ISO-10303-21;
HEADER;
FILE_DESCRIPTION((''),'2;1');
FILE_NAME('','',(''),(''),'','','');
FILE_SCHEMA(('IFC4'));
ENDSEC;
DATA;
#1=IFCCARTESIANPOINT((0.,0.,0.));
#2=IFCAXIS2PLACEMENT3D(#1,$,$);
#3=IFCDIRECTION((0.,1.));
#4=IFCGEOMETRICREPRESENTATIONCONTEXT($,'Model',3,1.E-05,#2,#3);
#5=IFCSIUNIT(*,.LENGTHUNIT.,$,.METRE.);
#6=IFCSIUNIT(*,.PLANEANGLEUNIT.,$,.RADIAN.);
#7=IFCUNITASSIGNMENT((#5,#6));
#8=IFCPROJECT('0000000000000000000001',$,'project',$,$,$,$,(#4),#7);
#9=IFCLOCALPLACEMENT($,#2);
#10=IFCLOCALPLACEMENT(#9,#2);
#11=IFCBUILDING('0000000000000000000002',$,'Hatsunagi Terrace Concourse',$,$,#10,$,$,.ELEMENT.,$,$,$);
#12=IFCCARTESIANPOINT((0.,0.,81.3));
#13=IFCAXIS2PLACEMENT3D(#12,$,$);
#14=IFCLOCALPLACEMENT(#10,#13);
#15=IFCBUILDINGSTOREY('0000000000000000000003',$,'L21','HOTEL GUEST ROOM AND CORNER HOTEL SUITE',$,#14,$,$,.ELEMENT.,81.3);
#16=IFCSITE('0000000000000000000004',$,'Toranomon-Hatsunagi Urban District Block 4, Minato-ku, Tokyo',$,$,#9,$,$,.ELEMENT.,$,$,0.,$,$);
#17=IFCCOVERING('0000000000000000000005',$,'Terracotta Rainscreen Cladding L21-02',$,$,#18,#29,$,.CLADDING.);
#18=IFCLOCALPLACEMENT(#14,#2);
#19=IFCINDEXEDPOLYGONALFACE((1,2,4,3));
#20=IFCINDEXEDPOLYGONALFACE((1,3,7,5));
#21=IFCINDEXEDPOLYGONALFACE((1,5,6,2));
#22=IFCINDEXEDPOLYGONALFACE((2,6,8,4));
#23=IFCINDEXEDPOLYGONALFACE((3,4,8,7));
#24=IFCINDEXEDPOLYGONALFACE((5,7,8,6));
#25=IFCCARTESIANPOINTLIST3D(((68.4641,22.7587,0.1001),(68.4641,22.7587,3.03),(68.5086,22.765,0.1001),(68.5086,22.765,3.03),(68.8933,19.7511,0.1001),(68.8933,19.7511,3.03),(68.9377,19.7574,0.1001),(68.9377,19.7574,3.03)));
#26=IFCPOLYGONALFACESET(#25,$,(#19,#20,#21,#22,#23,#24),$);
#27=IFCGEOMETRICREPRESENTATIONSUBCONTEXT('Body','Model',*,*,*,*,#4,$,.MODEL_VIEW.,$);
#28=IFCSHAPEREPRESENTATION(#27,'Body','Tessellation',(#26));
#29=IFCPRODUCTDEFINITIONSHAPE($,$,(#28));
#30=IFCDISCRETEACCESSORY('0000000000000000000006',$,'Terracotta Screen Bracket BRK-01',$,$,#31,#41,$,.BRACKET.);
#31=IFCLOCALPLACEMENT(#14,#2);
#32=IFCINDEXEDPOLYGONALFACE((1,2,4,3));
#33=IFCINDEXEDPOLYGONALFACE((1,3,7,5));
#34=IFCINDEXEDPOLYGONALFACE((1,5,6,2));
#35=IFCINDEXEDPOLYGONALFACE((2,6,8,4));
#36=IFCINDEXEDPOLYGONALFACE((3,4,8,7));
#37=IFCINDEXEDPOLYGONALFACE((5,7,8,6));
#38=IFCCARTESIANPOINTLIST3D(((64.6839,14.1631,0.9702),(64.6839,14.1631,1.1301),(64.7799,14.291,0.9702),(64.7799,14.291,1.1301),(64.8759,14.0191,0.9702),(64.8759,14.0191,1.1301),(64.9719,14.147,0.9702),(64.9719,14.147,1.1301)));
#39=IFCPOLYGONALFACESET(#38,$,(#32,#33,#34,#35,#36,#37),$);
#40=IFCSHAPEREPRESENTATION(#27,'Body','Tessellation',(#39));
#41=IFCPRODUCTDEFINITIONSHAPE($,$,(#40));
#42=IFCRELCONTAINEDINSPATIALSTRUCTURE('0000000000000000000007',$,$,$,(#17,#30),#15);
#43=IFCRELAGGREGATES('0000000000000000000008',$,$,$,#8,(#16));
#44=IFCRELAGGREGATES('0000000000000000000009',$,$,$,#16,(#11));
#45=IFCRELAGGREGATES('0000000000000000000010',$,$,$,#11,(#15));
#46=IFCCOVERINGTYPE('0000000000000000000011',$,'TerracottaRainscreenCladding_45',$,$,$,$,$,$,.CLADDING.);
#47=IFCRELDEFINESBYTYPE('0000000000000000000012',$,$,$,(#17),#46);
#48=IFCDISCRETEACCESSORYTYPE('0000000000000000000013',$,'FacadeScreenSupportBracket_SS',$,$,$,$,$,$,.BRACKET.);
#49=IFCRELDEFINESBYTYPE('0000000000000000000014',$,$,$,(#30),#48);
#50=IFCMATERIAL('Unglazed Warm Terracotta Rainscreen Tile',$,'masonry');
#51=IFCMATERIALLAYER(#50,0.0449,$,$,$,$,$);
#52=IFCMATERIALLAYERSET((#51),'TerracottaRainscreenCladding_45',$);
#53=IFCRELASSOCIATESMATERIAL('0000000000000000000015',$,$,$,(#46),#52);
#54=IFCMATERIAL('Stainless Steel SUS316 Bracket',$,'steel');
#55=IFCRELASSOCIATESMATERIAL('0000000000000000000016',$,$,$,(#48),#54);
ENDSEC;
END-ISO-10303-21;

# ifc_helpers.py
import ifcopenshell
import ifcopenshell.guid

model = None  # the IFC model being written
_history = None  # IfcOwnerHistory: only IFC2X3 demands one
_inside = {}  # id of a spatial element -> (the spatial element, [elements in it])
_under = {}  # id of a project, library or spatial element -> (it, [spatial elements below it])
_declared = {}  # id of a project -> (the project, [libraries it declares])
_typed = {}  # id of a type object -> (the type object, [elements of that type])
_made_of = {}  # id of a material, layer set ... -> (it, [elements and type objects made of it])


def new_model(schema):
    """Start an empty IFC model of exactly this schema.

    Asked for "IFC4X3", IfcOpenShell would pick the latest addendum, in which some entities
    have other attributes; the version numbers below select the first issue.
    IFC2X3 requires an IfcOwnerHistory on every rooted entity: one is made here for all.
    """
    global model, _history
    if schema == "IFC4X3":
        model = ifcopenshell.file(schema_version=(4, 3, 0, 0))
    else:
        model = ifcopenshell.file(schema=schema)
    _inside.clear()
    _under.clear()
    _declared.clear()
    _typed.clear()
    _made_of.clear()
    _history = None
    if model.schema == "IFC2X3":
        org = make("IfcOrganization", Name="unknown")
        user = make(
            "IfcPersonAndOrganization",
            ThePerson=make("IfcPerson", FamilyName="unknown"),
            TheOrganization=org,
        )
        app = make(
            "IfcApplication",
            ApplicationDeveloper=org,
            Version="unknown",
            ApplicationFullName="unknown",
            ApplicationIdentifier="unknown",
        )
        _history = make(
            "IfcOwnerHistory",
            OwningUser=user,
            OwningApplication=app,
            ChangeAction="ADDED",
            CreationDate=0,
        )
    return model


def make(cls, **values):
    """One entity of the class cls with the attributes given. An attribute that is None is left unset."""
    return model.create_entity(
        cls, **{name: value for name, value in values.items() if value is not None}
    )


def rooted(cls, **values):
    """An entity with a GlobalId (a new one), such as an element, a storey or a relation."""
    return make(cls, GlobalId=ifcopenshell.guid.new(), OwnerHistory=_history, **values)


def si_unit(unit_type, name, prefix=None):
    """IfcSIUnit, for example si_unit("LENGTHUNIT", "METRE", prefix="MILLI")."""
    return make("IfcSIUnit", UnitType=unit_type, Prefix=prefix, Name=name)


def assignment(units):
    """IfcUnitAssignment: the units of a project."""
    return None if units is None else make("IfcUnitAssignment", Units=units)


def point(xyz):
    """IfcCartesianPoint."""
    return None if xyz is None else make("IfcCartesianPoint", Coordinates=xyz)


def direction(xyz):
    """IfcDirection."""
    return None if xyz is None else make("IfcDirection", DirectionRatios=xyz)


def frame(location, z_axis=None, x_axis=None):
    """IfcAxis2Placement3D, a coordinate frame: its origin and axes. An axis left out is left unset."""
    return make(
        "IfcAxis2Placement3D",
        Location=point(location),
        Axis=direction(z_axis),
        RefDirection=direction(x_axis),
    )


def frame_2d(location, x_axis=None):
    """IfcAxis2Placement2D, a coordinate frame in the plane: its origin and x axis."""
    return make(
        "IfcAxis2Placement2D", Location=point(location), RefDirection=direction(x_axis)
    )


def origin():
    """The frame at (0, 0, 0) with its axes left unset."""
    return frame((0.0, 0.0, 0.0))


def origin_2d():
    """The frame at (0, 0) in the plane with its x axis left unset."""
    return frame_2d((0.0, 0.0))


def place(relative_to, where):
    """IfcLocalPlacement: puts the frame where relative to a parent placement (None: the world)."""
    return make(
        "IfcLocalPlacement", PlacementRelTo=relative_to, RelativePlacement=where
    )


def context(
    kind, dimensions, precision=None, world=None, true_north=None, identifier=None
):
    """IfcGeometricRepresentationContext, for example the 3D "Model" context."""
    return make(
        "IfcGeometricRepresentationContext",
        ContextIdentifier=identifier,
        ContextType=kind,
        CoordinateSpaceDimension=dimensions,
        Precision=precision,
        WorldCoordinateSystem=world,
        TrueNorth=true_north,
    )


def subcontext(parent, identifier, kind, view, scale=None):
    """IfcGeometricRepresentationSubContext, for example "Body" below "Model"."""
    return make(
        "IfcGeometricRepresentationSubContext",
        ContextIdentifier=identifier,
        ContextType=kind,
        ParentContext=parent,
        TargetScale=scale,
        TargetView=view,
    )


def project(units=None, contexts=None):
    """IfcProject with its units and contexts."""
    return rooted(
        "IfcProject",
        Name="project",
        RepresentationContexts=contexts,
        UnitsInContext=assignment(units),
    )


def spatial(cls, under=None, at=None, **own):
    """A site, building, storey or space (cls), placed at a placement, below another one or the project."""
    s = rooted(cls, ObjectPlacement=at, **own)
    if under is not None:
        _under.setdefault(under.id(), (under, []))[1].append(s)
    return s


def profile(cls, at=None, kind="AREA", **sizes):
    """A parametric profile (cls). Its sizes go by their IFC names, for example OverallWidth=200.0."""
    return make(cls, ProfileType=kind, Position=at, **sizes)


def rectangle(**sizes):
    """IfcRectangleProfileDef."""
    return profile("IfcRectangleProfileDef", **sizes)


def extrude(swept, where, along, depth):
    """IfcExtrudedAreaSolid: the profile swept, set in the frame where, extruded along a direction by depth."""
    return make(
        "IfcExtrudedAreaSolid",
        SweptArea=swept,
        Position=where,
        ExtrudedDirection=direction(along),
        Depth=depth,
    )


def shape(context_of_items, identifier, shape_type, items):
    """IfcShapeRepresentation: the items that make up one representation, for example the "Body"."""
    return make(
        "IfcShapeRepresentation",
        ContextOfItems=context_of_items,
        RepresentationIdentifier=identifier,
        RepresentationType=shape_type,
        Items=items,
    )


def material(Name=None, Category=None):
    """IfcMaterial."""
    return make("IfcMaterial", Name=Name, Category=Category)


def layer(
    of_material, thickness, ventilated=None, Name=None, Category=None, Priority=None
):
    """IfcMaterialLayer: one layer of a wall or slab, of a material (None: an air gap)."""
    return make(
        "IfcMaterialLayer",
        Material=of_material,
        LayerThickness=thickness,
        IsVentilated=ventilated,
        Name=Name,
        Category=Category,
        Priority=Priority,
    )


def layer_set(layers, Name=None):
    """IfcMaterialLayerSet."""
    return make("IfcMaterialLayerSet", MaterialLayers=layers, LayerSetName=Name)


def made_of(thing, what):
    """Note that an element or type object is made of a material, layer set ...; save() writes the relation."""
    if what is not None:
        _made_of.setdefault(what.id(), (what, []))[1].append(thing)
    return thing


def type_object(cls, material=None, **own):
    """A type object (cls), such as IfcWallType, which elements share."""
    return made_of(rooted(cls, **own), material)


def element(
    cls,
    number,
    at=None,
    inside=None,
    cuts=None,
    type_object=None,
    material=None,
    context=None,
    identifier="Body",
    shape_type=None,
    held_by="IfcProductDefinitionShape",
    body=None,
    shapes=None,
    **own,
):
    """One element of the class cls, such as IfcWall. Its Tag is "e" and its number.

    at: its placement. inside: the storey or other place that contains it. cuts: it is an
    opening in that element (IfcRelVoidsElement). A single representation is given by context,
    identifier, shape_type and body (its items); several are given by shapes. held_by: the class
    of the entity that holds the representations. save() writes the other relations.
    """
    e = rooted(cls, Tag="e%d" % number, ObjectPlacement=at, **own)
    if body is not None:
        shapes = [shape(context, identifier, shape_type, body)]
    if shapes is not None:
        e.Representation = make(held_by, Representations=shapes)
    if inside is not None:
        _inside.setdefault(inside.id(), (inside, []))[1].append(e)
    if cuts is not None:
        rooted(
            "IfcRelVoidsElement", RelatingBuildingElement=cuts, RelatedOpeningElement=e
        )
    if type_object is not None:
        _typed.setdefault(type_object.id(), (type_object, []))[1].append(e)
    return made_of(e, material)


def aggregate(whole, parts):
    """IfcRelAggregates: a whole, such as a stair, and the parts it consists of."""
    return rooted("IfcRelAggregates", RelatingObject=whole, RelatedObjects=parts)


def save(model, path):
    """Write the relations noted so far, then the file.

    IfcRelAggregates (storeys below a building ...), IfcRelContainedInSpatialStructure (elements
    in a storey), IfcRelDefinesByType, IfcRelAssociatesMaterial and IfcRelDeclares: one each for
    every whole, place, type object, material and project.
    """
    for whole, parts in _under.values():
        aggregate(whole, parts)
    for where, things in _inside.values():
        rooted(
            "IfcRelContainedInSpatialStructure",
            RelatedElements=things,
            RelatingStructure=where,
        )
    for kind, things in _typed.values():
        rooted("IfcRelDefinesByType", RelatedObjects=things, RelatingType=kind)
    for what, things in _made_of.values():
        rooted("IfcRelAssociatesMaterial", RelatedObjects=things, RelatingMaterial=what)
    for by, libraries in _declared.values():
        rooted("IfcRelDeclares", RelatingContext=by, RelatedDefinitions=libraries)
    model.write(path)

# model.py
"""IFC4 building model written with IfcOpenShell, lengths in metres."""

from ifc_helpers import new_model, si_unit, direction, frame, origin, origin_2d, place, context, subcontext, project, spatial, rectangle, extrude, material, layer, layer_set, type_object, element, save


model = new_model("IFC4")

# Units and contexts
model_context = context("Model", 3, precision=1e-05, world=origin(), true_north=direction((0.0, 1.0)))
body_context = subcontext(model_context, "Body", "Model", "MODEL_VIEW")
ifc_project = project(units=[si_unit("LENGTHUNIT", "METRE"), si_unit("PLANEANGLEUNIT", "RADIAN")], contexts=[model_context])

# Site, building, storey
site_placement = place(None, origin())
site = spatial("IfcSite", under=ifc_project, at=site_placement, Name="Toranomon-Hatsunagi Urban District Block 4, Minato-ku, Tokyo", CompositionType="ELEMENT", RefElevation=0.0)
building_placement = place(site_placement, origin())
building = spatial("IfcBuilding", under=site, at=building_placement, Name="Hatsunagi Terrace Concourse", CompositionType="ELEMENT")
storey_placement = place(building_placement, frame((0.0, 0.0, 81.3)))
storey = spatial("IfcBuildingStorey", under=building, at=storey_placement, Name="L21", Description="HOTEL GUEST ROOM AND CORNER HOTEL SUITE", CompositionType="ELEMENT", Elevation=81.3)

# Covering
ifc_material_1 = material(Name="Unglazed Warm Terracotta Rainscreen Tile", Category="masonry")
ifc_layer_1 = layer(ifc_material_1, 0.0449)
ifc_layer_set_1 = layer_set([ifc_layer_1], Name="TerracottaRainscreenCladding_45")
covering_type = type_object("IfcCoveringType", Name="TerracottaRainscreenCladding_45", PredefinedType="CLADDING", material=ifc_layer_set_1)
covering_placement = place(storey_placement, frame((68.7009, 21.2581, 0.1001), z_axis=(0.0, 0.0, 1.0), x_axis=(0.14125, -0.989974, 0.0)))
element("IfcCovering", 1, at=covering_placement, inside=storey, type_object=covering_type, Name="Terracotta Rainscreen Cladding L21-02", PredefinedType="CLADDING", context=body_context, shape_type="SweptSolid", body=[
    extrude(rectangle(XDim=3.0381, YDim=0.0449, at=origin_2d()), origin(), (0.0, 0.0, 1.0), 2.9299),
])

# Discrete accessory
ifc_material_2 = material(Name="Stainless Steel SUS316 Bracket", Category="steel")
discrete_accessory_type = type_object("IfcDiscreteAccessoryType", Name="FacadeScreenSupportBracket_SS", PredefinedType="BRACKET", material=ifc_material_2)
discrete_accessory_placement = place(storey_placement, frame((64.8279, 14.155, 0.9702), z_axis=(0.0, 0.0, 1.0), x_axis=(-0.599969, -0.800023, 0.0)))
element("IfcDiscreteAccessory", 2, at=discrete_accessory_placement, inside=storey, type_object=discrete_accessory_type, Name="Terracotta Screen Bracket BRK-01", PredefinedType="BRACKET", context=body_context, shape_type="SweptSolid", body=[
    extrude(rectangle(XDim=0.1599, YDim=0.24, at=origin_2d()), origin(), (0.0, 0.0, 1.0), 0.1599),
])

save(model, "model.ifc")
